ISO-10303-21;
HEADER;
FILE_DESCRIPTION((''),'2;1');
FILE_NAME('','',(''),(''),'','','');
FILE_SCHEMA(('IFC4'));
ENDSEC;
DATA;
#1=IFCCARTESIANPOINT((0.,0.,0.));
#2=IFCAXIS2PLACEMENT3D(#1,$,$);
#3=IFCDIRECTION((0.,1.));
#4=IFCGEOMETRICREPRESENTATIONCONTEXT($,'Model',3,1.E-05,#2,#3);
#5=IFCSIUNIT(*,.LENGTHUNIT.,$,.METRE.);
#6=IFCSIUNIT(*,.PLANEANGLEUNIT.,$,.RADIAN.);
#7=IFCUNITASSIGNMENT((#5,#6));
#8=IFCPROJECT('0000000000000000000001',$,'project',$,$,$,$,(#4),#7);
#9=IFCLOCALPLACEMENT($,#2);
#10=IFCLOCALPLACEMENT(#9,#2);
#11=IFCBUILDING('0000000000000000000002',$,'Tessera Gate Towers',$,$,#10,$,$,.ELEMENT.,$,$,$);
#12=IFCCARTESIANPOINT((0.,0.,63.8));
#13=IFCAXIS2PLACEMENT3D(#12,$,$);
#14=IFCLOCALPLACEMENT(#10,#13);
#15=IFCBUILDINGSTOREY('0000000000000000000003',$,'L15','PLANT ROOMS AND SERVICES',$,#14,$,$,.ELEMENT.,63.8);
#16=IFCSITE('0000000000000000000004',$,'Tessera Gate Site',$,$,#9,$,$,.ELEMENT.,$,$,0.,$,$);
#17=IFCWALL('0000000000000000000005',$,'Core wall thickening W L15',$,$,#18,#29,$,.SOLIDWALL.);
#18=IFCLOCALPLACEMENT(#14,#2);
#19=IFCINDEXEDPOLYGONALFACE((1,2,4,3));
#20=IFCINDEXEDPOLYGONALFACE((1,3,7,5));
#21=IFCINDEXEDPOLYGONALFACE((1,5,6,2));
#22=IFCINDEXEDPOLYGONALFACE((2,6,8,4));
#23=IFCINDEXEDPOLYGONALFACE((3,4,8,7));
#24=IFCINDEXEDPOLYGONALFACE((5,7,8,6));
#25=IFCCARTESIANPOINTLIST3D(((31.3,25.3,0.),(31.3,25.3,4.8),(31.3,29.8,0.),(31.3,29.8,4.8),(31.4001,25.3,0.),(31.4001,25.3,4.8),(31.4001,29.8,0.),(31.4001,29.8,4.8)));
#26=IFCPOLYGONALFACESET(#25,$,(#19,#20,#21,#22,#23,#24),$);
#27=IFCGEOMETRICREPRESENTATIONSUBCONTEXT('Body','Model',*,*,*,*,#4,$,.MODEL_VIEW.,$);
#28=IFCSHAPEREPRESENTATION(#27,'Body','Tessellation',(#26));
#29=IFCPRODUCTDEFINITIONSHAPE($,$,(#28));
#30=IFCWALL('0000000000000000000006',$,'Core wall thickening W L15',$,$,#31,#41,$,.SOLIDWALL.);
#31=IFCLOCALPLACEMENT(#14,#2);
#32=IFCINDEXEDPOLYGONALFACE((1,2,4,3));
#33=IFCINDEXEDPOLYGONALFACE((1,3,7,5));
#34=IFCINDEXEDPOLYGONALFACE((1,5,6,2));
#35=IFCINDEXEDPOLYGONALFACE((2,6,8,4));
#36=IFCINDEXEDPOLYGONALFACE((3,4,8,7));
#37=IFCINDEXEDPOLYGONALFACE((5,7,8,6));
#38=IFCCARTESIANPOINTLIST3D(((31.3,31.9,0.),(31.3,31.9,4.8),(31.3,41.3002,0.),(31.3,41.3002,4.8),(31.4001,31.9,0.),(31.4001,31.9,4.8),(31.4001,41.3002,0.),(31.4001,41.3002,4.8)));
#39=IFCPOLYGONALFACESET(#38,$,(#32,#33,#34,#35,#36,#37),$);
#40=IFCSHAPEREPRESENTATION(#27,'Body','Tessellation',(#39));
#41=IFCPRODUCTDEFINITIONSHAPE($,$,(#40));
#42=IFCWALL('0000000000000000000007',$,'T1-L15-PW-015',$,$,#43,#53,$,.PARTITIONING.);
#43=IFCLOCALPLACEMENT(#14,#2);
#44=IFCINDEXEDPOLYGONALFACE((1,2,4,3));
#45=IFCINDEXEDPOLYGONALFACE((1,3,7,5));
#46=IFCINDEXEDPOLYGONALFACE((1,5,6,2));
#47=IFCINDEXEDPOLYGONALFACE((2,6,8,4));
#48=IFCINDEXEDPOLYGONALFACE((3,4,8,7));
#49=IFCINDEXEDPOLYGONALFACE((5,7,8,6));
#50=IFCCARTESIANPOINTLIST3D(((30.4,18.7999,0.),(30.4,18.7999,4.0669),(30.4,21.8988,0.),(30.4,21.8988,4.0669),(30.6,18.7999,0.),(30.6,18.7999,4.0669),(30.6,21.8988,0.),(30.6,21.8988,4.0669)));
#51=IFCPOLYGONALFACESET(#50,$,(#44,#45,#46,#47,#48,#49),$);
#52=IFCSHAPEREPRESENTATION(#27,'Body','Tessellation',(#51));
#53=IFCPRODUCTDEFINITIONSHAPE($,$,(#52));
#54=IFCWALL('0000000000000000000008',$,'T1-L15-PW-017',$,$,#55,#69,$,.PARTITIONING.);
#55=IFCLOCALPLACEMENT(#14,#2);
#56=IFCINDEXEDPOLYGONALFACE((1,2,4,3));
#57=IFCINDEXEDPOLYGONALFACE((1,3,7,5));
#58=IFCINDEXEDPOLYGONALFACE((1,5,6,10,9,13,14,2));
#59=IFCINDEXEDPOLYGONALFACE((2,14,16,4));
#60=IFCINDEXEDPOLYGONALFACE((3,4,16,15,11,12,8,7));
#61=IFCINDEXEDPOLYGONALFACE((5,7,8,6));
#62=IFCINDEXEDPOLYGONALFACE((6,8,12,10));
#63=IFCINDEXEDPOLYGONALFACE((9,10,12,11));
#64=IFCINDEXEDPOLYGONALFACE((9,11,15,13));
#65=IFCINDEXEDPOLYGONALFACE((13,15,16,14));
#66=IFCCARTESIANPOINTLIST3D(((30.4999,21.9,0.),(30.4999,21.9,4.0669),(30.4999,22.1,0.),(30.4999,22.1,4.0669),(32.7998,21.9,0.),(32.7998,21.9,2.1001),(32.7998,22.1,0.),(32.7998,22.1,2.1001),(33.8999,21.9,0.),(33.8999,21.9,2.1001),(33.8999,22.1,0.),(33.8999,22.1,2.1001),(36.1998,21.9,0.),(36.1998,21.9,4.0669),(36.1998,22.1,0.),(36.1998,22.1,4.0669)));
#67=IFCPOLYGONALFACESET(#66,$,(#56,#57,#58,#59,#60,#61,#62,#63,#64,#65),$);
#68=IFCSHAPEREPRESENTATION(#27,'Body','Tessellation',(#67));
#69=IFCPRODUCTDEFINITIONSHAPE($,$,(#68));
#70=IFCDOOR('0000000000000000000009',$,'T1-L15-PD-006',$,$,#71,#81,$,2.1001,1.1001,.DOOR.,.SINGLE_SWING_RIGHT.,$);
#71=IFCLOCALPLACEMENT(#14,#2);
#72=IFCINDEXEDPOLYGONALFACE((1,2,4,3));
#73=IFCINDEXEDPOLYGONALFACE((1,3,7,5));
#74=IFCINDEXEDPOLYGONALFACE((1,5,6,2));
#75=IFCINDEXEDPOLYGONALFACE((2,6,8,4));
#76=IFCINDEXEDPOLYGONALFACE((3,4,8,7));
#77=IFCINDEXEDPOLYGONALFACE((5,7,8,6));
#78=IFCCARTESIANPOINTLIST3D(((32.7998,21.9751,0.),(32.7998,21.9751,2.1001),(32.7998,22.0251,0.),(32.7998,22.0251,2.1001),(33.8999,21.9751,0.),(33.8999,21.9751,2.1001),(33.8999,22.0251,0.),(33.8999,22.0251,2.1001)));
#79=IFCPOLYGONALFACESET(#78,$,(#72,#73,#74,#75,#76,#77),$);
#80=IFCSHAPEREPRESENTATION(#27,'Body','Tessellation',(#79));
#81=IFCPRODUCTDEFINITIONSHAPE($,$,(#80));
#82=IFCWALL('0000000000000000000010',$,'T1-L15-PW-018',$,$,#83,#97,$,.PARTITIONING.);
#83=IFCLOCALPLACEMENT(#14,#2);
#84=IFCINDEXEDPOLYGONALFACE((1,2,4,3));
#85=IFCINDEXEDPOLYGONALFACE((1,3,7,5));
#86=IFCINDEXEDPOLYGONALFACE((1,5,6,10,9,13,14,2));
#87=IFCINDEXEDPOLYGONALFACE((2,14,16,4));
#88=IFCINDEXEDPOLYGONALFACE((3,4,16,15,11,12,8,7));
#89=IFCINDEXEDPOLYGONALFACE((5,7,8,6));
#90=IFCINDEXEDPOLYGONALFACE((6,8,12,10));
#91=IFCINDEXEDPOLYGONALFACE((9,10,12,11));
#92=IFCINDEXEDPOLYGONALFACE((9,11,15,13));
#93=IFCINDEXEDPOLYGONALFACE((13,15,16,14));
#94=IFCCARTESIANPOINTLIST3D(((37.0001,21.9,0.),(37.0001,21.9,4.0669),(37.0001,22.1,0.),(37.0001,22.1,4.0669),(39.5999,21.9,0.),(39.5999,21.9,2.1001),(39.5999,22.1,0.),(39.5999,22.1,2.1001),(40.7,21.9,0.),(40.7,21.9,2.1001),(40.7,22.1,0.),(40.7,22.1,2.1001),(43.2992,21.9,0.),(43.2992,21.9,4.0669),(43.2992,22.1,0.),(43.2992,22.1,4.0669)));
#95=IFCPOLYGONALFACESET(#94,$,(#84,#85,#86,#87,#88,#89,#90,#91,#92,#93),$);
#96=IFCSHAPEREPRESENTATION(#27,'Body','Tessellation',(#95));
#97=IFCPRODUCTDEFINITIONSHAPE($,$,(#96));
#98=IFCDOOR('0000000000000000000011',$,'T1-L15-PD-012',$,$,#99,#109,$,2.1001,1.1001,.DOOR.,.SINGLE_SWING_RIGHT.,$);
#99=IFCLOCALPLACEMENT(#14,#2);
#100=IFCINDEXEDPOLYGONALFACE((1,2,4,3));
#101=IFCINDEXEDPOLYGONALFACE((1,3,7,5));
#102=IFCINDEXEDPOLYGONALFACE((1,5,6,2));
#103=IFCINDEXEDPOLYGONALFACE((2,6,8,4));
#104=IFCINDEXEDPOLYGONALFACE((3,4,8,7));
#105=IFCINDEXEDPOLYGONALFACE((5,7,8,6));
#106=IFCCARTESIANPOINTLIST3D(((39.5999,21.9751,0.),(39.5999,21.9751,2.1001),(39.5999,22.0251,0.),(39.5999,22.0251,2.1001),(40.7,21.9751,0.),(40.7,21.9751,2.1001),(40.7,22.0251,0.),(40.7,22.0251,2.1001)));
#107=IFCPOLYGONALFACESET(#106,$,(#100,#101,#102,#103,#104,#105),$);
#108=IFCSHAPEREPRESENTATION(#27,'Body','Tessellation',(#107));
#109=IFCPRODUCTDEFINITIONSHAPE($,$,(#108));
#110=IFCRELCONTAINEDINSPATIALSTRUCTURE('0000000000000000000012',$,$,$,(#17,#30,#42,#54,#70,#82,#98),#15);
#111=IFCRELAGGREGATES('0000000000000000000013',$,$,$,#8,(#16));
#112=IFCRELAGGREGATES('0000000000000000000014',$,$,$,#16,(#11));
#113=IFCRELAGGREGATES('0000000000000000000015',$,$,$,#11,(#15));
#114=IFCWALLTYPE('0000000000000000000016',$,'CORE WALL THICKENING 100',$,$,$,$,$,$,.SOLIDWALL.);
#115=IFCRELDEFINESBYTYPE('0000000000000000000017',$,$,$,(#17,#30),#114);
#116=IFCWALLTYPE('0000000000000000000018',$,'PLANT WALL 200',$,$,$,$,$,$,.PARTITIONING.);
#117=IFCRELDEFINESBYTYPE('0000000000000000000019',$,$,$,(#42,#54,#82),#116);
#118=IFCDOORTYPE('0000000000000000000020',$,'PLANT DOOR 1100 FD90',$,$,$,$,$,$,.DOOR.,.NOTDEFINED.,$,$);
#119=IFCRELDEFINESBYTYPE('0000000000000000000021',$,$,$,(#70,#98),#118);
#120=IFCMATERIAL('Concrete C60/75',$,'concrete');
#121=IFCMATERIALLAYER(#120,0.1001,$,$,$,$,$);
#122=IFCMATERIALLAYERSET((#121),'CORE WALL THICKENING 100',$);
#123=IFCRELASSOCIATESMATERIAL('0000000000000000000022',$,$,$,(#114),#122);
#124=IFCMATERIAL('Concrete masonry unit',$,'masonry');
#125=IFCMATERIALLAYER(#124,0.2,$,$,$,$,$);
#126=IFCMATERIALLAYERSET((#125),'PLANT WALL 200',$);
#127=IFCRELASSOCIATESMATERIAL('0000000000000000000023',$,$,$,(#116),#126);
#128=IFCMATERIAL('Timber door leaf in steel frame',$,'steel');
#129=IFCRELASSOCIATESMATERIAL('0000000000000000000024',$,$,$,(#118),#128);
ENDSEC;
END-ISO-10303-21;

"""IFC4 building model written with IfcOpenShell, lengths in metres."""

from ifc_helpers import new_model, si_unit, direction, frame, frame_2d, origin, place, context, subcontext, project, spatial, rectangle, extrude, source, transform, mapped, material, layer, layer_set, type_object, element, fill, save


model = new_model("IFC4")

# Units and contexts
model_context = context("Model", 3, precision=1e-05, world=origin(), true_north=direction((0.0, 1.0)))
body_context = subcontext(model_context, "Body", "Model", "MODEL_VIEW")
ifc_project = project(units=[si_unit("LENGTHUNIT", "METRE"), si_unit("PLANEANGLEUNIT", "RADIAN")], contexts=[model_context])

# Site, building, storey
site_placement = place(None, origin())
site = spatial("IfcSite", under=ifc_project, at=site_placement, Name="Tessera Gate Site", CompositionType="ELEMENT", RefElevation=0.0)
building_placement = place(site_placement, origin())
building = spatial("IfcBuilding", under=site, at=building_placement, Name="Tessera Gate Towers", CompositionType="ELEMENT")
storey_placement = place(building_placement, frame((0.0, 0.0, 63.8)))
storey = spatial("IfcBuildingStorey", under=building, at=storey_placement, Name="L15", Description="PLANT ROOMS AND SERVICES", CompositionType="ELEMENT", Elevation=63.8)

# Walls
ifc_material_1 = material(Name="Concrete C60/75", Category="concrete")
ifc_layer_1 = layer(ifc_material_1, 0.1001)
ifc_layer_set_1 = layer_set([ifc_layer_1], Name="CORE WALL THICKENING 100")
wall_type_1 = type_object("IfcWallType", Name="CORE WALL THICKENING 100", PredefinedType="SOLIDWALL", material=ifc_layer_set_1)
wall_1_placement = place(storey_placement, frame((31.3501, 25.3, 0.0), z_axis=(0.0, 0.0, 1.0), x_axis=(0.0, 1.0, 0.0)))
element("IfcWall", 1, at=wall_1_placement, inside=storey, type_object=wall_type_1, Name="Core wall thickening W L15", PredefinedType="SOLIDWALL", context=body_context, shape_type="SweptSolid", body=[
    extrude(rectangle(XDim=4.5, YDim=0.1001, at=frame_2d((2.25, 0.0))), origin(), (0.0, 0.0, 1.0), 4.8),
])
wall_2_placement = place(storey_placement, frame((31.3501, 31.8999, 0.0), z_axis=(0.0, 0.0, 1.0), x_axis=(0.0, 1.0, 0.0)))
element("IfcWall", 2, at=wall_2_placement, inside=storey, type_object=wall_type_1, Name="Core wall thickening W L15", PredefinedType="SOLIDWALL", context=body_context, shape_type="SweptSolid", body=[
    extrude(rectangle(XDim=9.4001, YDim=0.1001, at=frame_2d((4.7002, 0.0))), origin(), (0.0, 0.0, 1.0), 4.8),
])
ifc_material_2 = material(Name="Concrete masonry unit", Category="masonry")
ifc_layer_2 = layer(ifc_material_2, 0.2)
ifc_layer_set_2 = layer_set([ifc_layer_2], Name="PLANT WALL 200")
wall_type_2 = type_object("IfcWallType", Name="PLANT WALL 200", PredefinedType="PARTITIONING", material=ifc_layer_set_2)
wall_3_placement = place(storey_placement, frame((30.5, 18.8, 0.0), z_axis=(0.0, 0.0, 1.0), x_axis=(0.0, 1.0, 0.0)))
element("IfcWall", 3, at=wall_3_placement, inside=storey, type_object=wall_type_2, Name="T1-L15-PW-015", PredefinedType="PARTITIONING", context=body_context, shape_type="SweptSolid", body=[
    extrude(rectangle(XDim=3.0989, YDim=0.2, at=frame_2d((1.5493, 0.0))), origin(), (0.0, 0.0, 1.0), 4.0669),
])

# Walls, openings, doors
wall_4_placement = place(storey_placement, frame((36.2, 22.0, 0.0), z_axis=(0.0, 0.0, 1.0), x_axis=(-1.0, 0.0, 0.0)))
wall_4 = element("IfcWall", 4, at=wall_4_placement, inside=storey, type_object=wall_type_2, Name="T1-L15-PW-017", PredefinedType="PARTITIONING", context=body_context, shape_type="SweptSolid", body=[
    extrude(rectangle(XDim=5.7, YDim=0.2, at=frame_2d((2.8501, 0.0))), origin(), (0.0, 0.0, 1.0), 4.0669),
])
shared_shape_1 = source(origin(), body_context, "Body", "SweptSolid", [
    extrude(rectangle(XDim=1.1001, YDim=2.1001, at=frame_2d((0.55, 1.05))), frame((0.0, 0.1099, 0.0), z_axis=(0.0, -1.0, 0.0), x_axis=(1.0, 0.0, 0.0)), (0.0, 0.0, 1.0), 0.22),
])
opening_1_placement = place(wall_4_placement, frame((2.3, 0.0, 0.0)))
opening_1 = element("IfcOpeningElement", 5, at=opening_1_placement, cuts=wall_4, PredefinedType="OPENING", context=body_context, shape_type="MappedRepresentation", body=[
    mapped(shared_shape_1, transform((0.0, 0.0, 0.0), scale=1.0)),
])
ifc_material_3 = material(Name="Timber door leaf in steel frame", Category="steel")
door_type_1 = type_object("IfcDoorType", Name="PLANT DOOR 1100 FD90", OperationType="NOTDEFINED", PredefinedType="DOOR", material=ifc_material_3)
shared_shape_2 = source(origin(), body_context, "Body", "SweptSolid", [
    extrude(rectangle(XDim=1.1001, YDim=2.1001, at=frame_2d((0.55, 1.05))), frame((0.0, 0.0249, 0.0), z_axis=(0.0, -1.0, 0.0), x_axis=(1.0, 0.0, 0.0)), (0.0, 0.0, 1.0), 0.05),
])
door_1_placement = place(opening_1_placement, origin())
door_1 = element("IfcDoor", 6, at=door_1_placement, inside=storey, type_object=door_type_1, Name="T1-L15-PD-006", OperationType="SINGLE_SWING_RIGHT", OverallHeight=2.1001, OverallWidth=1.1001, PredefinedType="DOOR", context=body_context, shape_type="MappedRepresentation", body=[
    mapped(shared_shape_2, transform((0.0, 0.0, 0.0), scale=1.0)),
])
fill(opening_1, door_1)
wall_5_placement = place(storey_placement, frame((43.2991, 22.0, 0.0), z_axis=(0.0, 0.0, 1.0), x_axis=(-1.0, 0.0, 0.0)))
wall_5 = element("IfcWall", 7, at=wall_5_placement, inside=storey, type_object=wall_type_2, Name="T1-L15-PW-018", PredefinedType="PARTITIONING", context=body_context, shape_type="SweptSolid", body=[
    extrude(rectangle(XDim=6.2991, YDim=0.2, at=frame_2d((3.1494, 0.0))), origin(), (0.0, 0.0, 1.0), 4.0669),
])
opening_2_placement = place(wall_5_placement, frame((2.5991, 0.0, 0.0)))
opening_2 = element("IfcOpeningElement", 8, at=opening_2_placement, cuts=wall_5, PredefinedType="OPENING", context=body_context, shape_type="MappedRepresentation", body=[
    mapped(shared_shape_1, transform((0.0, 0.0, 0.0), scale=1.0)),
])
door_2_placement = place(opening_2_placement, origin())
door_2 = element("IfcDoor", 9, at=door_2_placement, inside=storey, type_object=door_type_1, Name="T1-L15-PD-012", OperationType="SINGLE_SWING_RIGHT", OverallHeight=2.1001, OverallWidth=1.1001, PredefinedType="DOOR", context=body_context, shape_type="MappedRepresentation", body=[
    mapped(shared_shape_2, transform((0.0, 0.0, 0.0), scale=1.0)),
])
fill(opening_2, door_2)

save(model, "model.ifc")
